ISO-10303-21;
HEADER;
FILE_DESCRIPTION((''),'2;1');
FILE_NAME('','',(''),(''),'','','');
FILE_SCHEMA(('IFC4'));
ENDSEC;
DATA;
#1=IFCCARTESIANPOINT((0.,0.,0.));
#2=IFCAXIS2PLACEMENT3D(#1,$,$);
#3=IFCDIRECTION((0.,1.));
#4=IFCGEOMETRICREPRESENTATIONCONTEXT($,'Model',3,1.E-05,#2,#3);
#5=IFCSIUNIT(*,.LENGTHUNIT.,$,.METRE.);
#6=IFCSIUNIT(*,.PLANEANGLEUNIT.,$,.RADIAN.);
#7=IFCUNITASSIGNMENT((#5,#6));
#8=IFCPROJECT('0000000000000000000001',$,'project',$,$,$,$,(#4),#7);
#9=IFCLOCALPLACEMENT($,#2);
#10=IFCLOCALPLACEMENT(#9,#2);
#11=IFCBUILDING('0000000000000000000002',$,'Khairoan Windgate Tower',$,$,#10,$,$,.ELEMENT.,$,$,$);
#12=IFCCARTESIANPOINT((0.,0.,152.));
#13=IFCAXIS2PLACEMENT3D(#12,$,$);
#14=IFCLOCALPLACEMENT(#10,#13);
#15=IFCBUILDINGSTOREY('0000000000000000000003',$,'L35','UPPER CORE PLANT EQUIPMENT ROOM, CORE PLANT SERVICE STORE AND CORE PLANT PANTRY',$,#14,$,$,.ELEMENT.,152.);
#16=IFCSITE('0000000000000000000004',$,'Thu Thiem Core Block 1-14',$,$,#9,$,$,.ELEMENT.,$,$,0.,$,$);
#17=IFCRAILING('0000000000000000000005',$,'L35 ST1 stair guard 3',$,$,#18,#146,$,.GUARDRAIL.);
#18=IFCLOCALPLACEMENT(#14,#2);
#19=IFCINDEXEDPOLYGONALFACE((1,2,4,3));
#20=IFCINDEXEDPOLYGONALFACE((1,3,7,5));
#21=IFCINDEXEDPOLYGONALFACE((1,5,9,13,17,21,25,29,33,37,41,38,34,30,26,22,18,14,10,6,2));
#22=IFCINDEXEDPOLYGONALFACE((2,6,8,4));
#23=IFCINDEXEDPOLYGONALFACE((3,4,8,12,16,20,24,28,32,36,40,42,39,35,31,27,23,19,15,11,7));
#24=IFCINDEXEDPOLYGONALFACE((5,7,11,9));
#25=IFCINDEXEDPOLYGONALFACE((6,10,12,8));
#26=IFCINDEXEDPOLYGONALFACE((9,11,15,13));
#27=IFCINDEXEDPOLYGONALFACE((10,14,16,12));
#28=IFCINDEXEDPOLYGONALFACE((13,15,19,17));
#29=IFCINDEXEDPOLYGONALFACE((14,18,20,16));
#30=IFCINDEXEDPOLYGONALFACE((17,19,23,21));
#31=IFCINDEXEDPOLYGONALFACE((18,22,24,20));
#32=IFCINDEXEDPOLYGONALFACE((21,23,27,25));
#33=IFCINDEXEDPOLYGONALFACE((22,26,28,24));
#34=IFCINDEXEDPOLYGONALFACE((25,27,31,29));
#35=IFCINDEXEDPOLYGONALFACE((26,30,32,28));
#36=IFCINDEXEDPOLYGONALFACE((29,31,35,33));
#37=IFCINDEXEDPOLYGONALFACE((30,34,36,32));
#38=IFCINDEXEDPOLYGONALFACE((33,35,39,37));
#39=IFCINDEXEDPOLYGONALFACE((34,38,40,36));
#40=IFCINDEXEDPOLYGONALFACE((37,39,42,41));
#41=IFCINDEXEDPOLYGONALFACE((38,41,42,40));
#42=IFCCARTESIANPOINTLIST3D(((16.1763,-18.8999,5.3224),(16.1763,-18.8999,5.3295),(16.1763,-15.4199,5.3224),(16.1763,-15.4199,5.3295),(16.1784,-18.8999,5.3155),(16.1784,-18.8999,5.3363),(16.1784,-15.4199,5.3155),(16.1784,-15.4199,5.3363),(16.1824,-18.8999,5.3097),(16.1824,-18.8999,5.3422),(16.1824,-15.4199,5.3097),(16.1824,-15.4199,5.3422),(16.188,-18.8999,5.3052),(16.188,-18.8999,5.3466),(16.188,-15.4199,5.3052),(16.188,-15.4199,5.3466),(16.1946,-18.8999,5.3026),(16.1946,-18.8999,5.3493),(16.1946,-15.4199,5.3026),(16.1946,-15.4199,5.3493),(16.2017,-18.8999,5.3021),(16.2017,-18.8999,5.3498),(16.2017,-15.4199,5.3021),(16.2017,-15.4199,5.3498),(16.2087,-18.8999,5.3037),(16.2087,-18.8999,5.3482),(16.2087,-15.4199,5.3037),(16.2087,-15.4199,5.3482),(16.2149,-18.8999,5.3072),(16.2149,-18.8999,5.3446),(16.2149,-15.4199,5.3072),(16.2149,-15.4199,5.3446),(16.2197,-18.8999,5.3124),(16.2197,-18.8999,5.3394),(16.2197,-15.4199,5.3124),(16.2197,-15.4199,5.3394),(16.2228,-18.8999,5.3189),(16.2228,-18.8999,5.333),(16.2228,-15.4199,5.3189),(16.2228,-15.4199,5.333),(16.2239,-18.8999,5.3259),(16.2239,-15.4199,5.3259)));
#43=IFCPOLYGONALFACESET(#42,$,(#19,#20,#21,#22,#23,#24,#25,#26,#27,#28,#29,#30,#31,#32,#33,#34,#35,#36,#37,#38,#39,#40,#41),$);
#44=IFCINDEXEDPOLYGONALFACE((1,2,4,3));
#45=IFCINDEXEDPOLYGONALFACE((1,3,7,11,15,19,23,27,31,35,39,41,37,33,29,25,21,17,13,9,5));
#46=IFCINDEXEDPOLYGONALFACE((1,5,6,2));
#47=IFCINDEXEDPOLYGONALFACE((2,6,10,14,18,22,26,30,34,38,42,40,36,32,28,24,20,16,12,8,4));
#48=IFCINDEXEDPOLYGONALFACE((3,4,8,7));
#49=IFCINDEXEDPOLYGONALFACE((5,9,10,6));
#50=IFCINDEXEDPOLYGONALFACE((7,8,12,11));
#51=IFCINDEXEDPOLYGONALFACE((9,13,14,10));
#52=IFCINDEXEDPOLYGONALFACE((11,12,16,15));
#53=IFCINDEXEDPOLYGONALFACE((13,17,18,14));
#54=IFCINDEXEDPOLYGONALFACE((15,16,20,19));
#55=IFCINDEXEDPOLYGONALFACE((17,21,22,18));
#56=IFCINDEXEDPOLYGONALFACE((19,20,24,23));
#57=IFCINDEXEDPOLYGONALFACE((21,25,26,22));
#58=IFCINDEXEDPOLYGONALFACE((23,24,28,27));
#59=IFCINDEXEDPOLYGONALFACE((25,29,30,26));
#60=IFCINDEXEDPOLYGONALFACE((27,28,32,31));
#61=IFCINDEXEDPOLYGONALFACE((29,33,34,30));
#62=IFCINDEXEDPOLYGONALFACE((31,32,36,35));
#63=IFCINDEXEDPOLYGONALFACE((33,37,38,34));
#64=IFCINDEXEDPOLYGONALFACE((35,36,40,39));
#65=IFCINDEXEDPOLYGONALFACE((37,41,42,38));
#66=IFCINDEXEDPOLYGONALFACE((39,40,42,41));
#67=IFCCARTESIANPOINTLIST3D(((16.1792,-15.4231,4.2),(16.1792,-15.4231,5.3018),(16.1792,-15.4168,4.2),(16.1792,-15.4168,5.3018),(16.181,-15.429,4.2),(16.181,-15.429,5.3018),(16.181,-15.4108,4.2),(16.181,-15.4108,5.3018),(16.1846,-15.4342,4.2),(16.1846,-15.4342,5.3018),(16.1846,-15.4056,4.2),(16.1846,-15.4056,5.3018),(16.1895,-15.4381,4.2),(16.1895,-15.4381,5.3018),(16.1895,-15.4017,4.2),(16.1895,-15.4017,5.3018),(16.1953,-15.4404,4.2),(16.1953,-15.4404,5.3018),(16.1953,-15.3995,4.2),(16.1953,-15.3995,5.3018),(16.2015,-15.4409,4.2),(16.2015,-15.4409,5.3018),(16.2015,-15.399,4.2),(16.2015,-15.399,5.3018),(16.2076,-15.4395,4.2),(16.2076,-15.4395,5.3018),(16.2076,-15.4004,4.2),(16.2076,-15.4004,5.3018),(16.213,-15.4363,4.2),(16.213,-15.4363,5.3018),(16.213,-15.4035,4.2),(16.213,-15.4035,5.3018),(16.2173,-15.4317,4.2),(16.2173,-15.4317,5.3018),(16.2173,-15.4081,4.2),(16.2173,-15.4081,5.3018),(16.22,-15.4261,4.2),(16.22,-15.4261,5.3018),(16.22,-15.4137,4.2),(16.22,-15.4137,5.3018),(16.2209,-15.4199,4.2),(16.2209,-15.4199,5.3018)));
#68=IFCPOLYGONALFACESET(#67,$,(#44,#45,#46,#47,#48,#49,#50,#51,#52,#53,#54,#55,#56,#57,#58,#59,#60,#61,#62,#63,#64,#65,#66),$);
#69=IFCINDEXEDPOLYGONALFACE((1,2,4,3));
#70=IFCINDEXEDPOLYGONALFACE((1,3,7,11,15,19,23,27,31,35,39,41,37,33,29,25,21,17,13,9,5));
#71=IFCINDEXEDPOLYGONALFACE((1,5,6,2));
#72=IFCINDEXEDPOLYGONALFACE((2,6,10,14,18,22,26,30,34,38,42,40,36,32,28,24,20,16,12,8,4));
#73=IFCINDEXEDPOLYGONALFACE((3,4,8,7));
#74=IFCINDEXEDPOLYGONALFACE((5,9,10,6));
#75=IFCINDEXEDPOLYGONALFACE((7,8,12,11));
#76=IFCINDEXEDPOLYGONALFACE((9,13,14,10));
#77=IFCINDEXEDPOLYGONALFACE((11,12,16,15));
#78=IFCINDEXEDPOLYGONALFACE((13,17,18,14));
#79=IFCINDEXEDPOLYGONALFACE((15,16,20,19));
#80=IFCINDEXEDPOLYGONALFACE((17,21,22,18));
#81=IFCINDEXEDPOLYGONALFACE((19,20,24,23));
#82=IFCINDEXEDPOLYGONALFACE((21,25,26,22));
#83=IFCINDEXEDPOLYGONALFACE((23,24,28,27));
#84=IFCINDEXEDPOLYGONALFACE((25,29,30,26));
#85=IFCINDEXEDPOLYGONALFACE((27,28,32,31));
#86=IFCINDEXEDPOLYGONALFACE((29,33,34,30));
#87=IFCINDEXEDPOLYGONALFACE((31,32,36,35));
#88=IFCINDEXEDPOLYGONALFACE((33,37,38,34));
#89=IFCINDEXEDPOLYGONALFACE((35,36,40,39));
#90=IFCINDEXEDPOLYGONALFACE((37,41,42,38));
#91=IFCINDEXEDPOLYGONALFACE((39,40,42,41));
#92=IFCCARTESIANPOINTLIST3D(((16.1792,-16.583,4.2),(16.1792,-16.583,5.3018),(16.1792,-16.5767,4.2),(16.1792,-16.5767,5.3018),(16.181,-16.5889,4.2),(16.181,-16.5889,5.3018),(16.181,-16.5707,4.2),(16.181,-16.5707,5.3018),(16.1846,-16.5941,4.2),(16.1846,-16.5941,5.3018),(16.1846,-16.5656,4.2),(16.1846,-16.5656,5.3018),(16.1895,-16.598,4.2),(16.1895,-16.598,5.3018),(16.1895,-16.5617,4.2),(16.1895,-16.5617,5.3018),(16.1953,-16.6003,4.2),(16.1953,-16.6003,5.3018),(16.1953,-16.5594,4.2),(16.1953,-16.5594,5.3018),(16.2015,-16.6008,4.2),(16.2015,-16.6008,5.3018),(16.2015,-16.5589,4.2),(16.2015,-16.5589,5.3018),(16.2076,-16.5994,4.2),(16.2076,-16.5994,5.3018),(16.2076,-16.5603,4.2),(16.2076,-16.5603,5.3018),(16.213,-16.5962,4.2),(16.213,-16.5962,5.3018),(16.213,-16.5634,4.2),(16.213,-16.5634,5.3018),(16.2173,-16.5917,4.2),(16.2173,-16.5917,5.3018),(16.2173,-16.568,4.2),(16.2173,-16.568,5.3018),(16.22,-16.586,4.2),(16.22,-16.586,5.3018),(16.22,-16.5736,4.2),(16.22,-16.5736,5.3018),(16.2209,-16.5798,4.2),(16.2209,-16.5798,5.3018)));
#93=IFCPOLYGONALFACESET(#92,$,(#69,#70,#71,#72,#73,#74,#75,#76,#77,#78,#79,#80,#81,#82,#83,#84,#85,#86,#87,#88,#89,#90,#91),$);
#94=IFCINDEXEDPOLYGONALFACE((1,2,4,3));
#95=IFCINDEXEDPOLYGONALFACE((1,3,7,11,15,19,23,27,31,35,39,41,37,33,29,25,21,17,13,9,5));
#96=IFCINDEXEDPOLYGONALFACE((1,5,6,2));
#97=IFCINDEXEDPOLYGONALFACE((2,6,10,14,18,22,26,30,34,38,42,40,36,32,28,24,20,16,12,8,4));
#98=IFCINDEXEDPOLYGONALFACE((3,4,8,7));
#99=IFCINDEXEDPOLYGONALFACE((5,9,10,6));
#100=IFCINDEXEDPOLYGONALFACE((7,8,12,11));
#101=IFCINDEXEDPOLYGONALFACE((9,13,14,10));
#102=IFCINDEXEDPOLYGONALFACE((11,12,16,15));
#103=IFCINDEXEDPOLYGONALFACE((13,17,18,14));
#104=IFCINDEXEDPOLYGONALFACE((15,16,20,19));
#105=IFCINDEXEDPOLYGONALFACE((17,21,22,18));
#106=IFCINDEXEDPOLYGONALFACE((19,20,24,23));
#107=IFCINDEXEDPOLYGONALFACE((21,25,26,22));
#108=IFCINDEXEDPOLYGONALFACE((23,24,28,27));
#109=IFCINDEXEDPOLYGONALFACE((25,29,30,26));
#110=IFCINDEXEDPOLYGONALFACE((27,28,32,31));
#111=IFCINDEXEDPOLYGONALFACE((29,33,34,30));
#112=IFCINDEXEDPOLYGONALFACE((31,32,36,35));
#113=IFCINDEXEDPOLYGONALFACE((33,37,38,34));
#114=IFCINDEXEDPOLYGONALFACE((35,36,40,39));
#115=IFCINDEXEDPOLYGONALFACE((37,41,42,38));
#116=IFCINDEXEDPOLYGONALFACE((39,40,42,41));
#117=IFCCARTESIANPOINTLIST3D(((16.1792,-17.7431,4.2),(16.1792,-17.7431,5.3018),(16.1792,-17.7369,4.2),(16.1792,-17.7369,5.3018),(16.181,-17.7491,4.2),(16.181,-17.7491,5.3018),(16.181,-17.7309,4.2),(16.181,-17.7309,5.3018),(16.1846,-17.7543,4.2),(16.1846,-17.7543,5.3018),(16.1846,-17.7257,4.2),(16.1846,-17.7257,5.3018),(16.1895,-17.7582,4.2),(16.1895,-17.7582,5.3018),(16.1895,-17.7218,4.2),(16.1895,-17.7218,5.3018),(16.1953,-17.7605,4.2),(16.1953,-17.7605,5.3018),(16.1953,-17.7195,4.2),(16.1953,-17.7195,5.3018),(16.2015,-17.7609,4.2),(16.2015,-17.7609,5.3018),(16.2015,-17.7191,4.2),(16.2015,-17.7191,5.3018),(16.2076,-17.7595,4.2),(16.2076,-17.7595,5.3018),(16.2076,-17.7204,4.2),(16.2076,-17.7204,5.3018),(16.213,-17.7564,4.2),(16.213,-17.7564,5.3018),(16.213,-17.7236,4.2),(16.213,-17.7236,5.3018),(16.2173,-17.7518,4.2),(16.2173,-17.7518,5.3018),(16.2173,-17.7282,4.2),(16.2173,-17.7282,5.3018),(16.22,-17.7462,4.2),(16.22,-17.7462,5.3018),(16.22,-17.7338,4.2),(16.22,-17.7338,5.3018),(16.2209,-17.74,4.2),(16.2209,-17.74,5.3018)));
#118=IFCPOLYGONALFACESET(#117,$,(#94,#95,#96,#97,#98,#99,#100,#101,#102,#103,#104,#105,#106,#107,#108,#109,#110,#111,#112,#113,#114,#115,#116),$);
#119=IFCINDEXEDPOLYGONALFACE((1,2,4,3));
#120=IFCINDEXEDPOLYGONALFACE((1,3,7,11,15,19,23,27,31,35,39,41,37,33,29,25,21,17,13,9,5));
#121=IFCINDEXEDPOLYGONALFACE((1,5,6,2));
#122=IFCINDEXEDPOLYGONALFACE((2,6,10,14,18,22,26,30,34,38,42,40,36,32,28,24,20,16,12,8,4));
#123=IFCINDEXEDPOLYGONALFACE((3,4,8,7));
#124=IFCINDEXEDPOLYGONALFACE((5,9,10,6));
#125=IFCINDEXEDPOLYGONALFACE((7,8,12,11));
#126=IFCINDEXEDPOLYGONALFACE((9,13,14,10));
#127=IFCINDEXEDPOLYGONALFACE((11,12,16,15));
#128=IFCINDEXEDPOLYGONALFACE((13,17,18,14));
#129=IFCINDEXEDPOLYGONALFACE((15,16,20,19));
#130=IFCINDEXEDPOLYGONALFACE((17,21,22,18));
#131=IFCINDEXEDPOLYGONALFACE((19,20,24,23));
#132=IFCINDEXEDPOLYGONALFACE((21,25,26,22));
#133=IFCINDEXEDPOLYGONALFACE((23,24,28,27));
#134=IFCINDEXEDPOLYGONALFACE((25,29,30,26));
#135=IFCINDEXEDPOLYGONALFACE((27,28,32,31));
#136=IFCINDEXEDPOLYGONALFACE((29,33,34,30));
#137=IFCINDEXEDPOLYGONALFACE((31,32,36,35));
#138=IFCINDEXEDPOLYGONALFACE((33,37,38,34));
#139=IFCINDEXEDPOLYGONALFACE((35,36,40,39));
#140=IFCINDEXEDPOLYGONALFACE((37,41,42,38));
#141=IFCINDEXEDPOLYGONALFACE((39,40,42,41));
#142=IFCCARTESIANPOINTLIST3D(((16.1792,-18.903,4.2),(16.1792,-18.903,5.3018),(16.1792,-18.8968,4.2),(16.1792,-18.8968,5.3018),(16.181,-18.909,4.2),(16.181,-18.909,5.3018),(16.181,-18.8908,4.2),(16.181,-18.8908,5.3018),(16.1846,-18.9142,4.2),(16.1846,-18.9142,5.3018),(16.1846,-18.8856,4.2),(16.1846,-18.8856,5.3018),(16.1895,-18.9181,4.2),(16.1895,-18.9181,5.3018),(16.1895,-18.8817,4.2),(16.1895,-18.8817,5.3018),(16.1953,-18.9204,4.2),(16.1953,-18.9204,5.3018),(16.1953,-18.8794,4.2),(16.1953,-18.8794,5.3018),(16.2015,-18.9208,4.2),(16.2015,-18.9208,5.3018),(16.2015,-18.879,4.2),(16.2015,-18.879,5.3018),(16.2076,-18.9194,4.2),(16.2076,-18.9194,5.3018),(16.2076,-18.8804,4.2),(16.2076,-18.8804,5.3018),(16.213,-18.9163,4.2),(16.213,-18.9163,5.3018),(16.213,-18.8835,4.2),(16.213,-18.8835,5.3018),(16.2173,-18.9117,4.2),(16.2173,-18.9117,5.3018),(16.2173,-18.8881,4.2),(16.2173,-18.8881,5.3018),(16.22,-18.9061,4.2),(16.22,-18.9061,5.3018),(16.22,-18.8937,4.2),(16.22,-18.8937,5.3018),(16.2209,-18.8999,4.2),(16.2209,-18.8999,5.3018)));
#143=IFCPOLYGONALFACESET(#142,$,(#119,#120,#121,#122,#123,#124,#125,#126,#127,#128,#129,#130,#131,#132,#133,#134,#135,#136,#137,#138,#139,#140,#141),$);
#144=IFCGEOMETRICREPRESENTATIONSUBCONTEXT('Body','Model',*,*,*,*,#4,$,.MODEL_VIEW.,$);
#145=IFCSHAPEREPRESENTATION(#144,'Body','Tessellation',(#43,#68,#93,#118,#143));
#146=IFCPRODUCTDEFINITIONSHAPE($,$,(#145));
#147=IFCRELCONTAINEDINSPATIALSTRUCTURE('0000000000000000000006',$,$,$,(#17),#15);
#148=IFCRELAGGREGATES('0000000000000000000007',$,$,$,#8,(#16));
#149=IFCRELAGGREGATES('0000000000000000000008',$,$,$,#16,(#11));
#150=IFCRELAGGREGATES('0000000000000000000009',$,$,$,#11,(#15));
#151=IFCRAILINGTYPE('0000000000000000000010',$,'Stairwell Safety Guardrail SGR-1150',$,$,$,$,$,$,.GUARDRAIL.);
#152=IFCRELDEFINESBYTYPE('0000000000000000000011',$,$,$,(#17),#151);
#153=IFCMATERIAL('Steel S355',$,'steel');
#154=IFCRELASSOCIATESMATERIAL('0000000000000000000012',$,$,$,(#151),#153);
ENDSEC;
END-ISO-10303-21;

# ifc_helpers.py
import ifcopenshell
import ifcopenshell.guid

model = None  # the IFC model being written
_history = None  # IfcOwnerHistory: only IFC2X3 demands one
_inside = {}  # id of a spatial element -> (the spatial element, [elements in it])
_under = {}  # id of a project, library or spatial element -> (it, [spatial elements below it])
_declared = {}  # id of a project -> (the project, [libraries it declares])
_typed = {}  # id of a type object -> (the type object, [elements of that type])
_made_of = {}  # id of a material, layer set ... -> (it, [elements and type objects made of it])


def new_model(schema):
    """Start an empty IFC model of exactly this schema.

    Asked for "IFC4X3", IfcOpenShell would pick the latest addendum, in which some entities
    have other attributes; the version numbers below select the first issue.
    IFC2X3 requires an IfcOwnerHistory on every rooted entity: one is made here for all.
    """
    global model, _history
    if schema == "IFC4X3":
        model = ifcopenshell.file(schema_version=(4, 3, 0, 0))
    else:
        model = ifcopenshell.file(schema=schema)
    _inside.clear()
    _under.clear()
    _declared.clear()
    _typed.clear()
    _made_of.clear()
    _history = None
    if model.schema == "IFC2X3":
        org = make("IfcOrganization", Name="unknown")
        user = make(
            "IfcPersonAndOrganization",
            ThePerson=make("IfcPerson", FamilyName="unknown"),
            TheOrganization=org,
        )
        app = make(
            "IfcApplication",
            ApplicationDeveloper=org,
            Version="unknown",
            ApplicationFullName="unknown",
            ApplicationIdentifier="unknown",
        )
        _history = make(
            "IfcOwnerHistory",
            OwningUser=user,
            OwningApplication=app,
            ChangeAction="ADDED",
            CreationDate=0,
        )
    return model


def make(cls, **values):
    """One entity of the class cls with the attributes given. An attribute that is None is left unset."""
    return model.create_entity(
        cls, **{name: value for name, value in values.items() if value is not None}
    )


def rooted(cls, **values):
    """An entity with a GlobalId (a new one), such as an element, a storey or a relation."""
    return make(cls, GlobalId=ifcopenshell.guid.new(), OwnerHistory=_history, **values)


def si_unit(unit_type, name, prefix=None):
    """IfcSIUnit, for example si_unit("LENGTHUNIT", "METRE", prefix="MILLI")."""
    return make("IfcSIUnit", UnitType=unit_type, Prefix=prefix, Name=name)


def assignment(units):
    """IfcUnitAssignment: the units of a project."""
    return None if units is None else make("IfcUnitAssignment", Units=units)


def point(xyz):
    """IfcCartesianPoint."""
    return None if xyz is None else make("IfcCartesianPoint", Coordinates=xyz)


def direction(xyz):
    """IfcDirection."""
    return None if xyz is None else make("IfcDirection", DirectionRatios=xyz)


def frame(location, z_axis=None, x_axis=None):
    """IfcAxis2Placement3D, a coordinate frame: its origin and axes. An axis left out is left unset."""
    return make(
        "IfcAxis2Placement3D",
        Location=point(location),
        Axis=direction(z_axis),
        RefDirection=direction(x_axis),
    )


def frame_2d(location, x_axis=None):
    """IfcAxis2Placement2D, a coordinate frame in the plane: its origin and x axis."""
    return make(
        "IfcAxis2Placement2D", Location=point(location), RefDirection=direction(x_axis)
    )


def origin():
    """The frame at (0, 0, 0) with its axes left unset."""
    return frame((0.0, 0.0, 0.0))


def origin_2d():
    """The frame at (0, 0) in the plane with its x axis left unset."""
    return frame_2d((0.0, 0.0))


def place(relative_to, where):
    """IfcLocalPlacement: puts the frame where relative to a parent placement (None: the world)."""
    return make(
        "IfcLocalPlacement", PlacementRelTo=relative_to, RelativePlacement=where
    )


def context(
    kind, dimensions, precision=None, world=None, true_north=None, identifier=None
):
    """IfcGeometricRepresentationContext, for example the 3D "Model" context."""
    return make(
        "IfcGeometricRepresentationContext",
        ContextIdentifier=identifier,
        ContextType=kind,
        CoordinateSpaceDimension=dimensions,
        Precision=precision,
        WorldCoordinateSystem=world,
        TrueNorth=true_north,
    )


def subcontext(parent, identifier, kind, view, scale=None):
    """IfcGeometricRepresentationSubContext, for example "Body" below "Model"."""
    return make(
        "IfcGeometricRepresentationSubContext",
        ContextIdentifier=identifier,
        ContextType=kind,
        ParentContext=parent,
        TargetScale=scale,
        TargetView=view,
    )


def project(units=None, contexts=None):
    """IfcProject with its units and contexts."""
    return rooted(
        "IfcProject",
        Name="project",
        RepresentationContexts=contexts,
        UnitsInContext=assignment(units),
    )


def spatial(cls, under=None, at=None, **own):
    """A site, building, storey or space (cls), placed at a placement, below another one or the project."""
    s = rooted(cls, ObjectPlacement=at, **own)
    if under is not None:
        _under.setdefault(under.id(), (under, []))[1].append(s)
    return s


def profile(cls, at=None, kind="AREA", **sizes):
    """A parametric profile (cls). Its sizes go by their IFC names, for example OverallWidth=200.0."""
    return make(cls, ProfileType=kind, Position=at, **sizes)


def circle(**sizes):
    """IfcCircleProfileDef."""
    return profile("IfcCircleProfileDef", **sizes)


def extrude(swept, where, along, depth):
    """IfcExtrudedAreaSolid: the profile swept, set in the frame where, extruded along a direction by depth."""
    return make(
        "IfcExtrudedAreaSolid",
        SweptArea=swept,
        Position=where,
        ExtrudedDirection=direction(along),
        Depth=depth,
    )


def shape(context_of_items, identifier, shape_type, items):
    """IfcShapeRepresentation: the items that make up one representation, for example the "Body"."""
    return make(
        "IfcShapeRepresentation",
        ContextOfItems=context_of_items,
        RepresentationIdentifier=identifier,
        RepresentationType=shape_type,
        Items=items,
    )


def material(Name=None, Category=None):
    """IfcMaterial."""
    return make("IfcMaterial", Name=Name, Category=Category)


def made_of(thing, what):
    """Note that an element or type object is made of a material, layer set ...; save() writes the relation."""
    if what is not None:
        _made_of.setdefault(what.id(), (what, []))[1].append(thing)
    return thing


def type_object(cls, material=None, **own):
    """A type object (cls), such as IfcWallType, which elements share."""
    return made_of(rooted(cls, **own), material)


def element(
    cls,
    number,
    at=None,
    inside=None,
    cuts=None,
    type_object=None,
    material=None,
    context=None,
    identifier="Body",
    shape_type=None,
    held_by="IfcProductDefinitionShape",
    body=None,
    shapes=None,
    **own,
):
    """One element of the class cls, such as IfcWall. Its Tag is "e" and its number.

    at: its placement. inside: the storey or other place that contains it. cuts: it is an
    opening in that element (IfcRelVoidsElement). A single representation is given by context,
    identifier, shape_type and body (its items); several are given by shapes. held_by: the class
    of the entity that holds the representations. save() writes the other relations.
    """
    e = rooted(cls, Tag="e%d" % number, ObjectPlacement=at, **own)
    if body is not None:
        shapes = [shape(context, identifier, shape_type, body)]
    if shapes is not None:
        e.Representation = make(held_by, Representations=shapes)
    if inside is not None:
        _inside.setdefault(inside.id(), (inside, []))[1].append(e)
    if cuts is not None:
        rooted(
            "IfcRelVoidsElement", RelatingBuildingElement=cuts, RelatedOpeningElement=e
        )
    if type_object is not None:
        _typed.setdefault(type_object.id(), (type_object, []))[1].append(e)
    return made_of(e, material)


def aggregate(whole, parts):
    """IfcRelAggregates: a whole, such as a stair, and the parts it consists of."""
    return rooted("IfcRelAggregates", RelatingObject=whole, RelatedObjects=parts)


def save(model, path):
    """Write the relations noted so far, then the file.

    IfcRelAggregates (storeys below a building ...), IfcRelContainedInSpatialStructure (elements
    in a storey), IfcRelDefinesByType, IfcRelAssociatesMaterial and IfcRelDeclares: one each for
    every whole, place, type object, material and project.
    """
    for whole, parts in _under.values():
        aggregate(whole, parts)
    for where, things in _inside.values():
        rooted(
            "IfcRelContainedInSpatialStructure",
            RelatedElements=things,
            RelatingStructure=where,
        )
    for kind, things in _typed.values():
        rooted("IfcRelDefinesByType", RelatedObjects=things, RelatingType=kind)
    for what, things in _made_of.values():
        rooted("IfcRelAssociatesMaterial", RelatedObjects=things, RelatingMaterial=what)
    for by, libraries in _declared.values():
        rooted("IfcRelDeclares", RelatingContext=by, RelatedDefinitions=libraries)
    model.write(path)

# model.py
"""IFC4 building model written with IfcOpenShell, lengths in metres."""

from ifc_helpers import new_model, si_unit, direction, frame, origin, origin_2d, place, context, subcontext, project, spatial, circle, extrude, material, type_object, element, save


model = new_model("IFC4")

# Units and contexts
model_context = context("Model", 3, precision=1e-05, world=origin(), true_north=direction((0.0, 1.0)))
body_context = subcontext(model_context, "Body", "Model", "MODEL_VIEW")
ifc_project = project(units=[si_unit("LENGTHUNIT", "METRE"), si_unit("PLANEANGLEUNIT", "RADIAN")], contexts=[model_context])

# Site, building, storey
site_placement = place(None, origin())
site = spatial("IfcSite", under=ifc_project, at=site_placement, Name="Thu Thiem Core Block 1-14", CompositionType="ELEMENT", RefElevation=0.0)
building_placement = place(site_placement, origin())
building = spatial("IfcBuilding", under=site, at=building_placement, Name="Khairoan Windgate Tower", CompositionType="ELEMENT")
storey_placement = place(building_placement, frame((0.0, 0.0, 152.0)))
storey = spatial("IfcBuildingStorey", under=building, at=storey_placement, Name="L35", Description="UPPER CORE PLANT EQUIPMENT ROOM, CORE PLANT SERVICE STORE AND CORE PLANT PANTRY", CompositionType="ELEMENT", Elevation=152.0)

# Railing
ifc_material_1 = material(Name="Steel S355", Category="steel")
railing_type_1 = type_object("IfcRailingType", Name="Stairwell Safety Guardrail SGR-1150", PredefinedType="GUARDRAIL", material=ifc_material_1)
for number, where, name in (
    (1, (16.2, -15.4199, 4.2), "L35 ST1 stair guard 3"),
):
    element("IfcRailing", number, at=place(storey_placement, frame(where)), inside=storey, type_object=railing_type_1, Name=name, PredefinedType="GUARDRAIL", context=body_context, shape_type="SweptSolid", body=[
        extrude(circle(Radius=0.0239, at=origin_2d()), frame((0.0, 0.0, 1.126), z_axis=(0.0, -1.0, 0.0), x_axis=(1.0, 0.0, 0.0)), (0.0, 0.0, 1.0), 3.48),
        extrude(circle(Radius=0.021, at=origin_2d()), origin(), (0.0, 0.0, 1.0), 1.1018),
        extrude(circle(Radius=0.021, at=origin_2d()), frame((0.0, -1.1599, 0.0)), (0.0, 0.0, 1.0), 1.1018),
        extrude(circle(Radius=0.021, at=origin_2d()), frame((0.0, -2.3201, 0.0)), (0.0, 0.0, 1.0), 1.1018),
        extrude(circle(Radius=0.021, at=origin_2d()), frame((0.0, -3.48, 0.0)), (0.0, 0.0, 1.0), 1.1018),
    ])

save(model, "model.ifc")
